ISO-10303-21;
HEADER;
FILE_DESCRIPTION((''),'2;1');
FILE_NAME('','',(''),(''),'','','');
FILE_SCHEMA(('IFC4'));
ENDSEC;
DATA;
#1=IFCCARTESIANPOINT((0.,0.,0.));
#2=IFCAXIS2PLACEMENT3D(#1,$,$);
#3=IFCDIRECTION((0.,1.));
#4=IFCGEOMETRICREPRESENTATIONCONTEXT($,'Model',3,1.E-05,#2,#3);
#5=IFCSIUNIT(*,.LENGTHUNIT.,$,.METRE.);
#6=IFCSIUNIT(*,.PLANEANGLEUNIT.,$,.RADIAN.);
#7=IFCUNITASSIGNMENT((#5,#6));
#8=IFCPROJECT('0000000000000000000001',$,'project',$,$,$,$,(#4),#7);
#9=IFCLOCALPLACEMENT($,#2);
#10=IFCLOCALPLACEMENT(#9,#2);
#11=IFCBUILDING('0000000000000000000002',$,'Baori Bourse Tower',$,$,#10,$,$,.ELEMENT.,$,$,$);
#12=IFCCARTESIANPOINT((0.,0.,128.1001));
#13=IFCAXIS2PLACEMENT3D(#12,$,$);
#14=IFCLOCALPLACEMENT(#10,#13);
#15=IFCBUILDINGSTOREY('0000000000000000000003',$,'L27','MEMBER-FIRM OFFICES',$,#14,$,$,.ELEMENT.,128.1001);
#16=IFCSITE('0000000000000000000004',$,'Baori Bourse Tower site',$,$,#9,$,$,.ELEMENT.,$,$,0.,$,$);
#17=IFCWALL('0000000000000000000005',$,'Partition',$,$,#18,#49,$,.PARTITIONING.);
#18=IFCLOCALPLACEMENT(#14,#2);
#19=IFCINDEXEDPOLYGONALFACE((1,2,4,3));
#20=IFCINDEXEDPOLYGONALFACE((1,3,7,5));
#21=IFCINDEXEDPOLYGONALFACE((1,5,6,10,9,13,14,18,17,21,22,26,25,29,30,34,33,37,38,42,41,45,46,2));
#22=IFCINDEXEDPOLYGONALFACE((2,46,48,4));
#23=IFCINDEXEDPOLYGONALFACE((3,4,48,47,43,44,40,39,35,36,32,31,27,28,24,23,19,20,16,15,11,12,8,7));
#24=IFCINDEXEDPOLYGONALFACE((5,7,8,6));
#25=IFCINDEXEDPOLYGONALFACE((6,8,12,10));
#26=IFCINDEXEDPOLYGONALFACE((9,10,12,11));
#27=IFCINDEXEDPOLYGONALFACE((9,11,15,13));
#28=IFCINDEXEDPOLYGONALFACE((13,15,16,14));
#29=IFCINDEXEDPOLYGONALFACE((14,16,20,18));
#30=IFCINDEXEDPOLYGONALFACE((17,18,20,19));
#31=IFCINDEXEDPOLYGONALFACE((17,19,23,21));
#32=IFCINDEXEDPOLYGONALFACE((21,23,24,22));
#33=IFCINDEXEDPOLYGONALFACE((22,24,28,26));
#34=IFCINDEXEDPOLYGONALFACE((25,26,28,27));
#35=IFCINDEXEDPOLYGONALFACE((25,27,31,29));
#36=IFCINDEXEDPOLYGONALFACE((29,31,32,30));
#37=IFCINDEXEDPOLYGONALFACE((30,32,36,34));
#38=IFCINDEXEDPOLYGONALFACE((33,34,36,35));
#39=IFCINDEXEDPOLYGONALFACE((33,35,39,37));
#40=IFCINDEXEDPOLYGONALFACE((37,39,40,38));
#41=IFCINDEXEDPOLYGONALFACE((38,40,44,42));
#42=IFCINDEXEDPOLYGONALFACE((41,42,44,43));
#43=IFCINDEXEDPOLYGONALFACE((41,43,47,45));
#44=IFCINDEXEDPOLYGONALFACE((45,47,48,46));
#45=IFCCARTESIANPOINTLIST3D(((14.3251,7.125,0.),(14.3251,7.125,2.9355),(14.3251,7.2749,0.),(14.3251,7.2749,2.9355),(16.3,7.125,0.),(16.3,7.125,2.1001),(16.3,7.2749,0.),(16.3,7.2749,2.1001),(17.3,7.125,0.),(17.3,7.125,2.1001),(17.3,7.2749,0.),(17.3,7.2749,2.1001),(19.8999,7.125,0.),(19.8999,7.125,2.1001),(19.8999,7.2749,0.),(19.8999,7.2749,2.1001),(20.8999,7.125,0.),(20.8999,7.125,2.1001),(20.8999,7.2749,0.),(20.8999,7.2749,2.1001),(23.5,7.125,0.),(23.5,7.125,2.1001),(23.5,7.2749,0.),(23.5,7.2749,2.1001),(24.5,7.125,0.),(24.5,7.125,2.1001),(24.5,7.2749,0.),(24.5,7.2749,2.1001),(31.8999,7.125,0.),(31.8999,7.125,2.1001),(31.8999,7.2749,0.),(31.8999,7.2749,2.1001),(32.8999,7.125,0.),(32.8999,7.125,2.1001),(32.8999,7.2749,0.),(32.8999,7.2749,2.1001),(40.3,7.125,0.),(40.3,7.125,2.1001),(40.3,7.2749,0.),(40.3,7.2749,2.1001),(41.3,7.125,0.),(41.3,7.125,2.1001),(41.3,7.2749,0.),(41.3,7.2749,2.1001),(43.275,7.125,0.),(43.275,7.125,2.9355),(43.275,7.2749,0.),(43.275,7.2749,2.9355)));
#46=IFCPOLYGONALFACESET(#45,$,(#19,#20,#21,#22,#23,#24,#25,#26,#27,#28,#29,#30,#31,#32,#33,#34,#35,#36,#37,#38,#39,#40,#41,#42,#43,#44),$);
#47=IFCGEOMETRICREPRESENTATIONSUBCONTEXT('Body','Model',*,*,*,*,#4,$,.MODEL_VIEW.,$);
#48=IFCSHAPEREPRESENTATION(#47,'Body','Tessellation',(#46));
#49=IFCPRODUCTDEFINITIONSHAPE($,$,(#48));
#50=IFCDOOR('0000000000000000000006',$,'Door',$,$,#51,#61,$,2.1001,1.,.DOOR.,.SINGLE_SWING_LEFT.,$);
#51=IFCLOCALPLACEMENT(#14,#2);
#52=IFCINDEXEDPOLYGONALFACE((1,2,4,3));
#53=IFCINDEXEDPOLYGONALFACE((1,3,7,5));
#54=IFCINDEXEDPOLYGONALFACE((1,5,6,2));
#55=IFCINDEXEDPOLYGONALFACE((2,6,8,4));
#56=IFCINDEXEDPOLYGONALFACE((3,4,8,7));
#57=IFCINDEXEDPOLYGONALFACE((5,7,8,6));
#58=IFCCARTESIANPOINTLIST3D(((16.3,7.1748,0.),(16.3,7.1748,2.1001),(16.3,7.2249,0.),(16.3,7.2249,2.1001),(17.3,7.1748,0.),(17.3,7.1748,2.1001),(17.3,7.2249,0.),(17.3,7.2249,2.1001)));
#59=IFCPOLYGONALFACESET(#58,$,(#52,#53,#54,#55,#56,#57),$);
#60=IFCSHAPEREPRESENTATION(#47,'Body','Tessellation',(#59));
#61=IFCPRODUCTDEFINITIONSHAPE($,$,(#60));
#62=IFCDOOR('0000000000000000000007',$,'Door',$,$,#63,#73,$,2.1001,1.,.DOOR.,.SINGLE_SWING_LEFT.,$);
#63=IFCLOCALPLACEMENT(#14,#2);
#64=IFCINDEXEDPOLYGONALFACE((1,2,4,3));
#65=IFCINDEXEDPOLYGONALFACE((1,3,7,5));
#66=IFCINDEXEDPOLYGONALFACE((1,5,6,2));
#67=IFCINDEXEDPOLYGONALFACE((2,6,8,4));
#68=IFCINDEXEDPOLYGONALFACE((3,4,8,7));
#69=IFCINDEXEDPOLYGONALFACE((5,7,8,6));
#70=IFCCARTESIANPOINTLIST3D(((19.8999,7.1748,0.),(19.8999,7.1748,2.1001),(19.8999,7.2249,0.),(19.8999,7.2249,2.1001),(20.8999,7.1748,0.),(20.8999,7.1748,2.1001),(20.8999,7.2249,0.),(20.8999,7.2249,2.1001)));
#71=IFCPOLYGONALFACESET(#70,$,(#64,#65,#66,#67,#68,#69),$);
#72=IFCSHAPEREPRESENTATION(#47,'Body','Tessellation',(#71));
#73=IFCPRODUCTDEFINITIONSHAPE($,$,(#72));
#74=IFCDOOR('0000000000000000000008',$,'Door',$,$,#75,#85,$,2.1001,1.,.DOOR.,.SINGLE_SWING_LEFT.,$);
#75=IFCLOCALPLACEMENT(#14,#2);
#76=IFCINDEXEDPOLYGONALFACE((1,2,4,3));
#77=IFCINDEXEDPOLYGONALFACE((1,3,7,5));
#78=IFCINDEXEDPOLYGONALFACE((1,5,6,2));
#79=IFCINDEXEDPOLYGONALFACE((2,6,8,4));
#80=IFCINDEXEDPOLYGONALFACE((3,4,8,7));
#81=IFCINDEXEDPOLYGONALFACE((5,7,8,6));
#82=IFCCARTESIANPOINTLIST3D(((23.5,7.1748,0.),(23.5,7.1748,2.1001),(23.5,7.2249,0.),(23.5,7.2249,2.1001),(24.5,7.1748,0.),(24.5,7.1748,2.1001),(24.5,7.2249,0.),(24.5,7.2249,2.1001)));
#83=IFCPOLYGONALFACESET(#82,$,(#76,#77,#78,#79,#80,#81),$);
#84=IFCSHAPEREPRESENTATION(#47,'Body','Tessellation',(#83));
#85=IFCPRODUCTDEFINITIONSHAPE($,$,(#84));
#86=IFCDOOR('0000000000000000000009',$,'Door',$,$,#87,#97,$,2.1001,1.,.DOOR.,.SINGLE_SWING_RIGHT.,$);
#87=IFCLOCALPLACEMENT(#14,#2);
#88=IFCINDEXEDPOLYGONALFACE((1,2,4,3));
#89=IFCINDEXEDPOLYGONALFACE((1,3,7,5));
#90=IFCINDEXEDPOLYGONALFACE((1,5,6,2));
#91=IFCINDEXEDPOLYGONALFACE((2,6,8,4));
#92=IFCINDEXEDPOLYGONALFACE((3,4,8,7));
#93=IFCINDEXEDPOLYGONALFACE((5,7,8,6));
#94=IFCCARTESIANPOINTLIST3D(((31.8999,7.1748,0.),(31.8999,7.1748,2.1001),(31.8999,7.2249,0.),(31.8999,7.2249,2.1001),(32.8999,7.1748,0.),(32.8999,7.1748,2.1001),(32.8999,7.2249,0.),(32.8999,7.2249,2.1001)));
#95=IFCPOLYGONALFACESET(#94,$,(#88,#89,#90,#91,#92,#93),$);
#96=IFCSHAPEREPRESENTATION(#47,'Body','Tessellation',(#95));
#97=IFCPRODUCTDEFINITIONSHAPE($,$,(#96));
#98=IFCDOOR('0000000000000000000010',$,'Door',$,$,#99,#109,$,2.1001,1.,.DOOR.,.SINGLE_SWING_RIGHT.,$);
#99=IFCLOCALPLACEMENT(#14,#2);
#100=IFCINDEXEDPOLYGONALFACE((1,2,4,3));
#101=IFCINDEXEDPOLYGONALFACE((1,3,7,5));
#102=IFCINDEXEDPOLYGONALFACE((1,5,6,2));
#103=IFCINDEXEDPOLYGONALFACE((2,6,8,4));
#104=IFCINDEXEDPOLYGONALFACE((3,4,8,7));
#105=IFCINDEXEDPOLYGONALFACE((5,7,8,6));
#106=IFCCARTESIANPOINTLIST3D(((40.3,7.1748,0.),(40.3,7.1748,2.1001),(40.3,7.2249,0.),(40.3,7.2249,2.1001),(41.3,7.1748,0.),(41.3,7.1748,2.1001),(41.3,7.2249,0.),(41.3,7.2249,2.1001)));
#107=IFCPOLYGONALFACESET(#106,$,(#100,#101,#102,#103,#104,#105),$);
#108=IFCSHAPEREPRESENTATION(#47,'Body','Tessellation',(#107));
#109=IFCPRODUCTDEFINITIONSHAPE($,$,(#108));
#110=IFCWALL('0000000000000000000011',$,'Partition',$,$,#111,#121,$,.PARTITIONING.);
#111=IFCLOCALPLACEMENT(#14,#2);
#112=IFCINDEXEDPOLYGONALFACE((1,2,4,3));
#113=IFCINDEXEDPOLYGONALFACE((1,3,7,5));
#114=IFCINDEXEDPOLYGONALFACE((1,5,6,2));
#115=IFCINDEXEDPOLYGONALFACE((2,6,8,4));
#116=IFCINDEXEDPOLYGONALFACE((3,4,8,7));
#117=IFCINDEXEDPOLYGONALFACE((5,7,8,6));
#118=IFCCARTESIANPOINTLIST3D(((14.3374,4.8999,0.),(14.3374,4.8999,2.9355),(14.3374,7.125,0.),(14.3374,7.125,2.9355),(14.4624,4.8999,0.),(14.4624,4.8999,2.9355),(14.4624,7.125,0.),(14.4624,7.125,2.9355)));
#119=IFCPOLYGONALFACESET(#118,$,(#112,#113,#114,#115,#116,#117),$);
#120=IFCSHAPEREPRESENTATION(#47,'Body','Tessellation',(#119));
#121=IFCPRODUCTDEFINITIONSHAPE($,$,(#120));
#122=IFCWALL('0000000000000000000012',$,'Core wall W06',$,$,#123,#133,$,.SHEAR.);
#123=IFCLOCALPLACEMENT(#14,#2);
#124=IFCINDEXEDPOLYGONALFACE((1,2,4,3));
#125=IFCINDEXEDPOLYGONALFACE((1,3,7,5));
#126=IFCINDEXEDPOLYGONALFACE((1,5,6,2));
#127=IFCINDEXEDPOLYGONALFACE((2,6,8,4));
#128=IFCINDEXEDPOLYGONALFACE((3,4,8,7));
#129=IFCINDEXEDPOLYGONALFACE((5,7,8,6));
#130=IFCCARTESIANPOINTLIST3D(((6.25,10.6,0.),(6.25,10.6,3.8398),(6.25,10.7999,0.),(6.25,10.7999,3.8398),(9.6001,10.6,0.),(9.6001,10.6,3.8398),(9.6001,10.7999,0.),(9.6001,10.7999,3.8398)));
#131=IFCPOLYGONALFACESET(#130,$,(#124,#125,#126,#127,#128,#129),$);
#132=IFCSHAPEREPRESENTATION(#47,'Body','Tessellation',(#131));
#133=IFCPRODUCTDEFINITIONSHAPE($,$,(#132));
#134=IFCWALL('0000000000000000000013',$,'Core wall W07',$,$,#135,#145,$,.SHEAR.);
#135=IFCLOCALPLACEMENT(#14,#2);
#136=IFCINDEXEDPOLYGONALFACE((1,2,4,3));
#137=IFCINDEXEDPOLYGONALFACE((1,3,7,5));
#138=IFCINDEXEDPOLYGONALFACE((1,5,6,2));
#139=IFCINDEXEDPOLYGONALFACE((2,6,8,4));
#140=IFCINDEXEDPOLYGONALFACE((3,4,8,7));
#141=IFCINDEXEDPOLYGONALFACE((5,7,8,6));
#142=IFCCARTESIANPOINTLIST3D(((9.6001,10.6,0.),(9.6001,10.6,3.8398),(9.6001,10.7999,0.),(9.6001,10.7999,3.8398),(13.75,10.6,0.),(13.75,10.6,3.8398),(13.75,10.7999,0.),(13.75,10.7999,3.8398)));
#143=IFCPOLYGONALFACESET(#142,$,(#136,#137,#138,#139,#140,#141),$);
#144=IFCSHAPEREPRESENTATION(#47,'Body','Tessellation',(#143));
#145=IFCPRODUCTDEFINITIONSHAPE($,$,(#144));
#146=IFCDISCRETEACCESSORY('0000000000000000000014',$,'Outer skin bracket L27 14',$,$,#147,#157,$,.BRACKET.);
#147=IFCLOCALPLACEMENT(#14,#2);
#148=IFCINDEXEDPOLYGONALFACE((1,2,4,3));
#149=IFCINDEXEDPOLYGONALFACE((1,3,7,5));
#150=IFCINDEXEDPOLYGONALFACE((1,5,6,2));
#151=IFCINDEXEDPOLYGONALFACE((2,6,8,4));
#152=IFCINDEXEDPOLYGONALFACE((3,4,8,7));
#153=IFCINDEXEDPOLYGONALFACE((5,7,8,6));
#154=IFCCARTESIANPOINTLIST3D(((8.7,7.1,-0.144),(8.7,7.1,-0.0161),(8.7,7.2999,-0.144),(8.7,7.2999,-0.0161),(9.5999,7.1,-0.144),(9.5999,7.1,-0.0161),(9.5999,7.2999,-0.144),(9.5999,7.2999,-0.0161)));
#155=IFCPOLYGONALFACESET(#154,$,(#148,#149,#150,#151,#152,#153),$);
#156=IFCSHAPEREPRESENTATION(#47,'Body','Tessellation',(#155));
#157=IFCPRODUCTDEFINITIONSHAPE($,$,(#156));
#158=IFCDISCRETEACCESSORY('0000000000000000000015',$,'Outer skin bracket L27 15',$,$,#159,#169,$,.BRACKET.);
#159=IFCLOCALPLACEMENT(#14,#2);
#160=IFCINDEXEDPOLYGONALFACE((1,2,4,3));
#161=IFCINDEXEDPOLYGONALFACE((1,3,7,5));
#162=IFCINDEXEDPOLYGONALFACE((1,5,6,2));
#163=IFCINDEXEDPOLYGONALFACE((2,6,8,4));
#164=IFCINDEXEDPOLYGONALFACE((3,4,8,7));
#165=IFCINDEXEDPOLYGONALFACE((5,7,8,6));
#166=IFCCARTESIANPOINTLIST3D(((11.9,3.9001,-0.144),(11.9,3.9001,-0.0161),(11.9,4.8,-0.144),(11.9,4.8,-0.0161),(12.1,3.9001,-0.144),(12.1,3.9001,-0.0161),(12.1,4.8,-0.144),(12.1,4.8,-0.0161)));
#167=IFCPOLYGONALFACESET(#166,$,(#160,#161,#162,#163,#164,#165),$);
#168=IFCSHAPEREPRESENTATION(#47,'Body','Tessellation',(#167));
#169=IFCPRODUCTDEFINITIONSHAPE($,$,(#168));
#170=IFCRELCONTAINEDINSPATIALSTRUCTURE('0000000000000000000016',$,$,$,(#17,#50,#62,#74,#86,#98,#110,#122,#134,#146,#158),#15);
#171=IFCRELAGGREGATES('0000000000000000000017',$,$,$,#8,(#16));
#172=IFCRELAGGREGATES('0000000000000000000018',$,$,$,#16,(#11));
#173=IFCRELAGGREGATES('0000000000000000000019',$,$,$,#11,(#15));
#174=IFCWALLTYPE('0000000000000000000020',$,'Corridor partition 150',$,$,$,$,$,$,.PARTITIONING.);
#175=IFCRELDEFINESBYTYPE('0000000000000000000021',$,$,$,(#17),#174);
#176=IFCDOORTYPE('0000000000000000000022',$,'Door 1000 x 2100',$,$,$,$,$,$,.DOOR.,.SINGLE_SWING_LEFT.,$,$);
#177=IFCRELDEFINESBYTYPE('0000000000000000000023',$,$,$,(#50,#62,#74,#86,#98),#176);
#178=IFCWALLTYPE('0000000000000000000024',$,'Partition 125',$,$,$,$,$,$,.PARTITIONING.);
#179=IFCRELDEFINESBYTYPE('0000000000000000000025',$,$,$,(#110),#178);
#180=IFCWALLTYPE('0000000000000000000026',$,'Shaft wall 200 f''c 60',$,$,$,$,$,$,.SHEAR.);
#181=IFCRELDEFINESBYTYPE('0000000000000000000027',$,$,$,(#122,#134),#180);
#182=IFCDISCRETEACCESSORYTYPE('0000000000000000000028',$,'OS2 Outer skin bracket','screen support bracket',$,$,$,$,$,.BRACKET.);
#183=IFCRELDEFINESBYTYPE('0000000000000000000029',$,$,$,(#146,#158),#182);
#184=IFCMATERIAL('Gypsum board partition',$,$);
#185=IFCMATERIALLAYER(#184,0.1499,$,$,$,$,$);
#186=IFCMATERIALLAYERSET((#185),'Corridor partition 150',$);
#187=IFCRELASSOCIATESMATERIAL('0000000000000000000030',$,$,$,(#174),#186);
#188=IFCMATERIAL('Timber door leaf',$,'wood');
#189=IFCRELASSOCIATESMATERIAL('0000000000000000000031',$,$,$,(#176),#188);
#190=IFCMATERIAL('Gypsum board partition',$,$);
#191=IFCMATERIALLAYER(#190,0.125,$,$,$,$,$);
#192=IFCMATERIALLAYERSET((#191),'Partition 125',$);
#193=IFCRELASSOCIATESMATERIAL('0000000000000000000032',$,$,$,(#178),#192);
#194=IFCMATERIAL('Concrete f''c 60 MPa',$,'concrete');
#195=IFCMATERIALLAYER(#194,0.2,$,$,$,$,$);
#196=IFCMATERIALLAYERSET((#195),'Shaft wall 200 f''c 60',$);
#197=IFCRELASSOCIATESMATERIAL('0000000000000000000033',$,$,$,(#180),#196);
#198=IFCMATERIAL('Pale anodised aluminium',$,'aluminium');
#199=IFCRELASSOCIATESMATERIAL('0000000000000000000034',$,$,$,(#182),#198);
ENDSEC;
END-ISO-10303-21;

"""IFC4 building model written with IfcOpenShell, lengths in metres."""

from ifc_helpers import new_model, si_unit, direction, frame, frame_2d, origin, origin_2d, place, context, subcontext, project, spatial, rectangle, extrude, material, layer, layer_set, type_object, element, fill, save


model = new_model("IFC4")

# Units and contexts
model_context = context("Model", 3, precision=1e-05, world=origin(), true_north=direction((0.0, 1.0)))
body_context = subcontext(model_context, "Body", "Model", "MODEL_VIEW")
ifc_project = project(units=[si_unit("LENGTHUNIT", "METRE"), si_unit("PLANEANGLEUNIT", "RADIAN")], contexts=[model_context])

# Site, building, storey
site_placement = place(None, origin())
site = spatial("IfcSite", under=ifc_project, at=site_placement, Name="Baori Bourse Tower site", CompositionType="ELEMENT", RefElevation=0.0)
building_placement = place(site_placement, origin())
building = spatial("IfcBuilding", under=site, at=building_placement, Name="Baori Bourse Tower", CompositionType="ELEMENT")
storey_placement = place(building_placement, frame((0.0, 0.0, 128.1001)))
storey = spatial("IfcBuildingStorey", under=building, at=storey_placement, Name="L27", Description="MEMBER-FIRM OFFICES", CompositionType="ELEMENT", Elevation=128.1001)

# Wall, openings, doors
ifc_material_1 = material(Name="Gypsum board partition")
ifc_layer_1 = layer(ifc_material_1, 0.1499)
ifc_layer_set_1 = layer_set([ifc_layer_1], Name="Corridor partition 150")
wall_type_1 = type_object("IfcWallType", Name="Corridor partition 150", PredefinedType="PARTITIONING", material=ifc_layer_set_1)
wall_1_placement = place(storey_placement, frame((14.325, 7.2, 0.0), z_axis=(0.0, 0.0, 1.0), x_axis=(1.0, 0.0, 0.0)))
wall_1 = element("IfcWall", 1, at=wall_1_placement, inside=storey, type_object=wall_type_1, Name="Partition", PredefinedType="PARTITIONING", context=body_context, shape_type="SweptSolid", body=[
    extrude(rectangle(XDim=28.95, YDim=0.1499, at=frame_2d((14.4751, 0.0))), origin(), (0.0, 0.0, 1.0), 2.9355),
])
opening_1_placement = place(wall_1_placement, frame((1.9751, 0.0, 0.0)))
opening_1 = element("IfcOpeningElement", 2, at=opening_1_placement, cuts=wall_1, PredefinedType="OPENING", context=body_context, shape_type="SweptSolid", body=[
    extrude(rectangle(XDim=1.0, YDim=2.1001, at=frame_2d((0.5, 1.05))), frame((0.0, 0.085, 0.0), z_axis=(0.0, -1.0, 0.0), x_axis=(1.0, 0.0, 0.0)), (0.0, 0.0, 1.0), 0.1699),
])
opening_2_placement = place(wall_1_placement, frame((5.575, 0.0, 0.0)))
opening_2 = element("IfcOpeningElement", 3, at=opening_2_placement, cuts=wall_1, PredefinedType="OPENING", context=body_context, shape_type="SweptSolid", body=[
    extrude(rectangle(XDim=1.0, YDim=2.1001, at=frame_2d((0.5, 1.05))), frame((0.0, 0.085, 0.0), z_axis=(0.0, -1.0, 0.0), x_axis=(1.0, 0.0, 0.0)), (0.0, 0.0, 1.0), 0.1699),
])
opening_3_placement = place(wall_1_placement, frame((9.175, 0.0, 0.0)))
opening_3 = element("IfcOpeningElement", 4, at=opening_3_placement, cuts=wall_1, PredefinedType="OPENING", context=body_context, shape_type="SweptSolid", body=[
    extrude(rectangle(XDim=1.0, YDim=2.1001, at=frame_2d((0.5, 1.05))), frame((0.0, 0.085, 0.0), z_axis=(0.0, -1.0, 0.0), x_axis=(1.0, 0.0, 0.0)), (0.0, 0.0, 1.0), 0.1699),
])
opening_4_placement = place(wall_1_placement, frame((17.575, 0.0, 0.0)))
opening_4 = element("IfcOpeningElement", 5, at=opening_4_placement, cuts=wall_1, PredefinedType="OPENING", context=body_context, shape_type="SweptSolid", body=[
    extrude(rectangle(XDim=1.0, YDim=2.1001, at=frame_2d((0.5, 1.05))), frame((0.0, 0.085, 0.0), z_axis=(0.0, -1.0, 0.0), x_axis=(1.0, 0.0, 0.0)), (0.0, 0.0, 1.0), 0.1699),
])
opening_5_placement = place(wall_1_placement, frame((25.9751, 0.0, 0.0)))
opening_5 = element("IfcOpeningElement", 6, at=opening_5_placement, cuts=wall_1, PredefinedType="OPENING", context=body_context, shape_type="SweptSolid", body=[
    extrude(rectangle(XDim=1.0, YDim=2.1001, at=frame_2d((0.5, 1.05))), frame((0.0, 0.085, 0.0), z_axis=(0.0, -1.0, 0.0), x_axis=(1.0, 0.0, 0.0)), (0.0, 0.0, 1.0), 0.1699),
])
ifc_material_2 = material(Name="Timber door leaf", Category="wood")
door_type = type_object("IfcDoorType", Name="Door 1000 x 2100", OperationType="SINGLE_SWING_LEFT", PredefinedType="DOOR", material=ifc_material_2)
door_1_placement = place(opening_1_placement, origin())
door_1 = element("IfcDoor", 7, at=door_1_placement, inside=storey, type_object=door_type, Name="Door", OperationType="SINGLE_SWING_LEFT", OverallHeight=2.1001, OverallWidth=1.0, PredefinedType="DOOR", context=body_context, shape_type="SweptSolid", body=[
    extrude(rectangle(XDim=1.0, YDim=2.1001, at=frame_2d((0.5, 1.05))), frame((0.0, 0.0249, 0.0), z_axis=(0.0, -1.0, 0.0), x_axis=(1.0, 0.0, 0.0)), (0.0, 0.0, 1.0), 0.05),
])
fill(opening_1, door_1)
door_2_placement = place(opening_2_placement, origin())
door_2 = element("IfcDoor", 8, at=door_2_placement, inside=storey, type_object=door_type, Name="Door", OperationType="SINGLE_SWING_LEFT", OverallHeight=2.1001, OverallWidth=1.0, PredefinedType="DOOR", context=body_context, shape_type="SweptSolid", body=[
    extrude(rectangle(XDim=1.0, YDim=2.1001, at=frame_2d((0.5, 1.05))), frame((0.0, 0.0249, 0.0), z_axis=(0.0, -1.0, 0.0), x_axis=(1.0, 0.0, 0.0)), (0.0, 0.0, 1.0), 0.05),
])
fill(opening_2, door_2)
door_3_placement = place(opening_3_placement, origin())
door_3 = element("IfcDoor", 9, at=door_3_placement, inside=storey, type_object=door_type, Name="Door", OperationType="SINGLE_SWING_LEFT", OverallHeight=2.1001, OverallWidth=1.0, PredefinedType="DOOR", context=body_context, shape_type="SweptSolid", body=[
    extrude(rectangle(XDim=1.0, YDim=2.1001, at=frame_2d((0.5, 1.05))), frame((0.0, 0.0249, 0.0), z_axis=(0.0, -1.0, 0.0), x_axis=(1.0, 0.0, 0.0)), (0.0, 0.0, 1.0), 0.05),
])
fill(opening_3, door_3)
door_4_placement = place(opening_4_placement, origin())
door_4 = element("IfcDoor", 10, at=door_4_placement, inside=storey, type_object=door_type, Name="Door", OperationType="SINGLE_SWING_RIGHT", OverallHeight=2.1001, OverallWidth=1.0, PredefinedType="DOOR", context=body_context, shape_type="SweptSolid", body=[
    extrude(rectangle(XDim=1.0, YDim=2.1001, at=frame_2d((0.5, 1.05))), frame((0.0, 0.0249, 0.0), z_axis=(0.0, -1.0, 0.0), x_axis=(1.0, 0.0, 0.0)), (0.0, 0.0, 1.0), 0.05),
])
fill(opening_4, door_4)
door_5_placement = place(opening_5_placement, origin())
door_5 = element("IfcDoor", 11, at=door_5_placement, inside=storey, type_object=door_type, Name="Door", OperationType="SINGLE_SWING_RIGHT", OverallHeight=2.1001, OverallWidth=1.0, PredefinedType="DOOR", context=body_context, shape_type="SweptSolid", body=[
    extrude(rectangle(XDim=1.0, YDim=2.1001, at=frame_2d((0.5, 1.05))), frame((0.0, 0.0249, 0.0), z_axis=(0.0, -1.0, 0.0), x_axis=(1.0, 0.0, 0.0)), (0.0, 0.0, 1.0), 0.05),
])
fill(opening_5, door_5)

# Walls
ifc_material_3 = material(Name="Gypsum board partition")
ifc_layer_2 = layer(ifc_material_3, 0.125)
ifc_layer_set_2 = layer_set([ifc_layer_2], Name="Partition 125")
wall_type_2 = type_object("IfcWallType", Name="Partition 125", PredefinedType="PARTITIONING", material=ifc_layer_set_2)
wall_2_placement = place(storey_placement, frame((14.3999, 4.8999, 0.0), z_axis=(0.0, 0.0, 1.0), x_axis=(0.0, 1.0, 0.0)))
element("IfcWall", 12, at=wall_2_placement, inside=storey, type_object=wall_type_2, Name="Partition", PredefinedType="PARTITIONING", context=body_context, shape_type="SweptSolid", body=[
    extrude(rectangle(XDim=2.2251, YDim=0.125, at=frame_2d((1.1125, 0.0))), origin(), (0.0, 0.0, 1.0), 2.9355),
])
ifc_material_4 = material(Name="Concrete f'c 60 MPa", Category="concrete")
ifc_layer_3 = layer(ifc_material_4, 0.2)
ifc_layer_set_3 = layer_set([ifc_layer_3], Name="Shaft wall 200 f'c 60")
wall_type_3 = type_object("IfcWallType", Name="Shaft wall 200 f'c 60", PredefinedType="SHEAR", material=ifc_layer_set_3)
wall_3_placement = place(storey_placement, frame((6.25, 10.7, 0.0), z_axis=(0.0, 0.0, 1.0), x_axis=(1.0, 0.0, 0.0)))
element("IfcWall", 13, at=wall_3_placement, inside=storey, type_object=wall_type_3, Name="Core wall W06", PredefinedType="SHEAR", context=body_context, shape_type="SweptSolid", body=[
    extrude(rectangle(XDim=3.3501, YDim=0.2, at=frame_2d((1.675, 0.0))), origin(), (0.0, 0.0, 1.0), 3.8398),
])
wall_4_placement = place(storey_placement, frame((9.6001, 10.7, 0.0), z_axis=(0.0, 0.0, 1.0), x_axis=(1.0, 0.0, 0.0)))
element("IfcWall", 14, at=wall_4_placement, inside=storey, type_object=wall_type_3, Name="Core wall W07", PredefinedType="SHEAR", context=body_context, shape_type="SweptSolid", body=[
    extrude(rectangle(XDim=4.1499, YDim=0.2, at=frame_2d((2.075, 0.0))), origin(), (0.0, 0.0, 1.0), 3.8398),
])

# Discrete accessories
ifc_material_5 = material(Name="Pale anodised aluminium", Category="aluminium")
discrete_accessory_type = type_object("IfcDiscreteAccessoryType", Name="OS2 Outer skin bracket", Description="screen support bracket", PredefinedType="BRACKET", material=ifc_material_5)
for number, where, z_axis, x_axis, name in (
    (15, (9.1499, 7.2, -0.144), (0.0, 0.0, 1.0), (0.0, -1.0, 0.0), "Outer skin bracket L27 14"),
    (16, (12.0, 4.3501, -0.144), (0.0, 0.0, 1.0), (1.0, 0.0, 0.0), "Outer skin bracket L27 15"),
):
    element("IfcDiscreteAccessory", number, at=place(storey_placement, frame(where, z_axis=z_axis, x_axis=x_axis)), inside=storey, type_object=discrete_accessory_type, Name=name, PredefinedType="BRACKET", context=body_context, shape_type="SweptSolid", body=[
        extrude(rectangle(XDim=0.2, YDim=0.8999, at=origin_2d()), origin(), (0.0, 0.0, 1.0), 0.1279),
    ])

save(model, "model.ifc")
